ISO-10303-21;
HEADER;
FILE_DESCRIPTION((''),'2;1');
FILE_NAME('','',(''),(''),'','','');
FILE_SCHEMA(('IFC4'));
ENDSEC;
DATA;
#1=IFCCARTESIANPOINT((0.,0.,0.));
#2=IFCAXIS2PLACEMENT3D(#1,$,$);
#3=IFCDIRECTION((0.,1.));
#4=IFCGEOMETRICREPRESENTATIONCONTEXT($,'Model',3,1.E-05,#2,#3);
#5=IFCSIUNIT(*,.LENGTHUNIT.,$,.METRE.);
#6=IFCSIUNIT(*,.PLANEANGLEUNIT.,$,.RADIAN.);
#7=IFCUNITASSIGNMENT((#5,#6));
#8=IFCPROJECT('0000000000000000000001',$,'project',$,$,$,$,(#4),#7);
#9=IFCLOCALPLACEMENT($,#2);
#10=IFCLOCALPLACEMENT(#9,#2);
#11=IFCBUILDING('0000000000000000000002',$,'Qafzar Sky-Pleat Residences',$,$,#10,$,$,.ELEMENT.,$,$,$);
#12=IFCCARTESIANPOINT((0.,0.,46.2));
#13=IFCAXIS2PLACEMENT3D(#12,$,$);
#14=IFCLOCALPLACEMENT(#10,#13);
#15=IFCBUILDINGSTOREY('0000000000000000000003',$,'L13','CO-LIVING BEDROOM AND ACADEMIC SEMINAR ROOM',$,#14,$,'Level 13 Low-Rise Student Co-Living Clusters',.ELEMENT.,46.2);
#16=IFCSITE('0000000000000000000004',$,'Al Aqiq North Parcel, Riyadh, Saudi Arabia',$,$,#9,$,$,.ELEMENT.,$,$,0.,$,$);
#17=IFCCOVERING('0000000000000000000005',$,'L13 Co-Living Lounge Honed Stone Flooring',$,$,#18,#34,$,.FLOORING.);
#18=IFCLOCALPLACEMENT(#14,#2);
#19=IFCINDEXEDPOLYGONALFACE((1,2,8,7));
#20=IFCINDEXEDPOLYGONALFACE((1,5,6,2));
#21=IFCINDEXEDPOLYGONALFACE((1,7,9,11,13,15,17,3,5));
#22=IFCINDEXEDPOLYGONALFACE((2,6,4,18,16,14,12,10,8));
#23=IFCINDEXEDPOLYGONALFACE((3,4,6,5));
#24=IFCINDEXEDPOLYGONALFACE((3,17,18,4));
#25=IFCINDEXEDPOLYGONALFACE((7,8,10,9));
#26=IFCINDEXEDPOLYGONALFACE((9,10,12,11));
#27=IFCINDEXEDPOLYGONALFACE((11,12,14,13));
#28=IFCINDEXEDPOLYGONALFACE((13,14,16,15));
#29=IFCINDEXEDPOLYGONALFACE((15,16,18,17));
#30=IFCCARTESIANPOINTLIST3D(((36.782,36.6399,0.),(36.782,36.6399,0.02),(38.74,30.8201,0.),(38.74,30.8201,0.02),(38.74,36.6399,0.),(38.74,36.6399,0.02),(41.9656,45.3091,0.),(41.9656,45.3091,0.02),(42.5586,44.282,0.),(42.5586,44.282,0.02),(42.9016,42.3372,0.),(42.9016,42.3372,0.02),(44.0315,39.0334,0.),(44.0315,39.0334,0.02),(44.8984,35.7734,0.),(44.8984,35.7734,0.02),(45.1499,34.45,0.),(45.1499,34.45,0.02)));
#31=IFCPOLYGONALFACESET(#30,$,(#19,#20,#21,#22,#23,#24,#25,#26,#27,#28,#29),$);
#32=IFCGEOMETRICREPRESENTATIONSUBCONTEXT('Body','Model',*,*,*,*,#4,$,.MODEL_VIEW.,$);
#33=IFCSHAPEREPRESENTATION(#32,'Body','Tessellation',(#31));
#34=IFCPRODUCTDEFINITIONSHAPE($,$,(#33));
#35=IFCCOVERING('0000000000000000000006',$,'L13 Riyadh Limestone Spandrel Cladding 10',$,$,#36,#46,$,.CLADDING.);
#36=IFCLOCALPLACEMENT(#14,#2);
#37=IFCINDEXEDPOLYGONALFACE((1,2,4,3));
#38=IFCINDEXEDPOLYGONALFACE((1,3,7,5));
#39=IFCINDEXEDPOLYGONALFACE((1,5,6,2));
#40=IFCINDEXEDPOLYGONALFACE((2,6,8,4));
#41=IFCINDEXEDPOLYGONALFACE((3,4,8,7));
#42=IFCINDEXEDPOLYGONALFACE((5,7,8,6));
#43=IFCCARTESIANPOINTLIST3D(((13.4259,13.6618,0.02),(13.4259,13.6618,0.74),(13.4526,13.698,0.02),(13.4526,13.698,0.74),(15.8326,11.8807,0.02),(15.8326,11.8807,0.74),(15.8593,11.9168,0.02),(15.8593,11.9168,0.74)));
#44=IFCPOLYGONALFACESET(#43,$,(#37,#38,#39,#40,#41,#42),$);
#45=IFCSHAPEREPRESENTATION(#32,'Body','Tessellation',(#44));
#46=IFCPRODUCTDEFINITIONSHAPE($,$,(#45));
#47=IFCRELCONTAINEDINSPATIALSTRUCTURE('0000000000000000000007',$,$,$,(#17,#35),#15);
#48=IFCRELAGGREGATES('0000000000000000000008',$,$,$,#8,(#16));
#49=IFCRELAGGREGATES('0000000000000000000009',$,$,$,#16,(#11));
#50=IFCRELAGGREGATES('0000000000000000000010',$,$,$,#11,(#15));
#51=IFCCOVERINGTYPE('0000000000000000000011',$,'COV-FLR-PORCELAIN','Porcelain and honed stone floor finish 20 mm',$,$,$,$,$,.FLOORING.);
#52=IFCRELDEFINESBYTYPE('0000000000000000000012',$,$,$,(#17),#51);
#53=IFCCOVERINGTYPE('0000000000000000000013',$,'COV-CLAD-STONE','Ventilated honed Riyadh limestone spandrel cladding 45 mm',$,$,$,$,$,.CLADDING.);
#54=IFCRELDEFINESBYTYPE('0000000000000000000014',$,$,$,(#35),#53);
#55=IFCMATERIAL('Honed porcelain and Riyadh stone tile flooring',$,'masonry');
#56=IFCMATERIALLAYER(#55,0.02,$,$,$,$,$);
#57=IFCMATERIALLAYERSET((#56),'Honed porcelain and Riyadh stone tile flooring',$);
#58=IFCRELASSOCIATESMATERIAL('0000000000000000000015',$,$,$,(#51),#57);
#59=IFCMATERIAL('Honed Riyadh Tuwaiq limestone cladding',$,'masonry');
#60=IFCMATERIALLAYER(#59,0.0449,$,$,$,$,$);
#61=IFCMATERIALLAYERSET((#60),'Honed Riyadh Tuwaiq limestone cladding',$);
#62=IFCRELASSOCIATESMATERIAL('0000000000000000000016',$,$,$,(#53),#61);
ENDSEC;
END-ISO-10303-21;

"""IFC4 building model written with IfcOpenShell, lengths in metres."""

from ifc_helpers import new_model, si_unit, direction, frame, origin, origin_2d, place, context, subcontext, project, spatial, polyline, rectangle, outline, extrude, source, transform, mapped, material, layer, layer_set, type_object, element, save


model = new_model("IFC4")

# Units and contexts
model_context = context("Model", 3, precision=1e-05, world=origin(), true_north=direction((0.0, 1.0)))
body_context = subcontext(model_context, "Body", "Model", "MODEL_VIEW")
ifc_project = project(units=[si_unit("LENGTHUNIT", "METRE"), si_unit("PLANEANGLEUNIT", "RADIAN")], contexts=[model_context])

# Site, building, storey
site_placement = place(None, origin())
site = spatial("IfcSite", under=ifc_project, at=site_placement, Name="Al Aqiq North Parcel, Riyadh, Saudi Arabia", CompositionType="ELEMENT", RefElevation=0.0)
building_placement = place(site_placement, origin())
building = spatial("IfcBuilding", under=site, at=building_placement, Name="Qafzar Sky-Pleat Residences", CompositionType="ELEMENT")
storey_placement = place(building_placement, frame((0.0, 0.0, 46.2)))
storey = spatial("IfcBuildingStorey", under=building, at=storey_placement, Name="L13", Description="CO-LIVING BEDROOM AND ACADEMIC SEMINAR ROOM", LongName="Level 13 Low-Rise Student Co-Living Clusters", CompositionType="ELEMENT", Elevation=46.2)

# Coverings
ifc_material_1 = material(Name="Honed porcelain and Riyadh stone tile flooring", Category="masonry")
ifc_layer_1 = layer(ifc_material_1, 0.02)
ifc_layer_set_1 = layer_set([ifc_layer_1], Name="Honed porcelain and Riyadh stone tile flooring")
covering_type_1 = type_object("IfcCoveringType", Name="COV-FLR-PORCELAIN", Description="Porcelain and honed stone floor finish 20 mm", PredefinedType="FLOORING", material=ifc_layer_set_1)
covering_1_placement = place(storey_placement, origin())
element("IfcCovering", 1, at=covering_1_placement, inside=storey, type_object=covering_type_1, Name="L13 Co-Living Lounge Honed Stone Flooring", PredefinedType="FLOORING", context=body_context, shape_type="SweptSolid", body=[
    extrude(outline(polyline([(42.5586, 44.282), (42.9016, 42.3372), (44.0315, 39.0334), (44.8984, 35.7734), (45.1499, 34.45), (38.74, 30.8201), (38.74, 36.6399), (36.782, 36.6399), (41.9656, 45.3091), (42.5586, 44.282)])), origin(), (0.0, 0.0, 1.0), 0.02),
])
ifc_material_2 = material(Name="Honed Riyadh Tuwaiq limestone cladding", Category="masonry")
ifc_layer_2 = layer(ifc_material_2, 0.0449)
ifc_layer_set_2 = layer_set([ifc_layer_2], Name="Honed Riyadh Tuwaiq limestone cladding")
covering_type_2 = type_object("IfcCoveringType", Name="COV-CLAD-STONE", Description="Ventilated honed Riyadh limestone spandrel cladding 45 mm", PredefinedType="CLADDING", material=ifc_layer_set_2)
shared_shape_1 = source(origin(), body_context, "Body", "SweptSolid", [
    extrude(rectangle(XDim=2.9941, YDim=0.0449, at=origin_2d()), origin(), (0.0, 0.0, 1.0), 0.72),
])
covering_2_placement = place(storey_placement, frame((14.6426, 12.7893, 0.02), z_axis=(0.0, 0.0, 1.0), x_axis=(0.803807, -0.59489, 0.0)))
element("IfcCovering", 2, at=covering_2_placement, inside=storey, type_object=covering_type_2, Name="L13 Riyadh Limestone Spandrel Cladding 10", PredefinedType="CLADDING", context=body_context, shape_type="MappedRepresentation", body=[
    mapped(shared_shape_1, transform((0.0, 0.0, 0.0), x_axis=(1.0, 0.0, 0.0), y_axis=(0.0, 1.0, 0.0), z_axis=(0.0, 0.0, 1.0), scale=1.0)),
])

save(model, "model.ifc")
